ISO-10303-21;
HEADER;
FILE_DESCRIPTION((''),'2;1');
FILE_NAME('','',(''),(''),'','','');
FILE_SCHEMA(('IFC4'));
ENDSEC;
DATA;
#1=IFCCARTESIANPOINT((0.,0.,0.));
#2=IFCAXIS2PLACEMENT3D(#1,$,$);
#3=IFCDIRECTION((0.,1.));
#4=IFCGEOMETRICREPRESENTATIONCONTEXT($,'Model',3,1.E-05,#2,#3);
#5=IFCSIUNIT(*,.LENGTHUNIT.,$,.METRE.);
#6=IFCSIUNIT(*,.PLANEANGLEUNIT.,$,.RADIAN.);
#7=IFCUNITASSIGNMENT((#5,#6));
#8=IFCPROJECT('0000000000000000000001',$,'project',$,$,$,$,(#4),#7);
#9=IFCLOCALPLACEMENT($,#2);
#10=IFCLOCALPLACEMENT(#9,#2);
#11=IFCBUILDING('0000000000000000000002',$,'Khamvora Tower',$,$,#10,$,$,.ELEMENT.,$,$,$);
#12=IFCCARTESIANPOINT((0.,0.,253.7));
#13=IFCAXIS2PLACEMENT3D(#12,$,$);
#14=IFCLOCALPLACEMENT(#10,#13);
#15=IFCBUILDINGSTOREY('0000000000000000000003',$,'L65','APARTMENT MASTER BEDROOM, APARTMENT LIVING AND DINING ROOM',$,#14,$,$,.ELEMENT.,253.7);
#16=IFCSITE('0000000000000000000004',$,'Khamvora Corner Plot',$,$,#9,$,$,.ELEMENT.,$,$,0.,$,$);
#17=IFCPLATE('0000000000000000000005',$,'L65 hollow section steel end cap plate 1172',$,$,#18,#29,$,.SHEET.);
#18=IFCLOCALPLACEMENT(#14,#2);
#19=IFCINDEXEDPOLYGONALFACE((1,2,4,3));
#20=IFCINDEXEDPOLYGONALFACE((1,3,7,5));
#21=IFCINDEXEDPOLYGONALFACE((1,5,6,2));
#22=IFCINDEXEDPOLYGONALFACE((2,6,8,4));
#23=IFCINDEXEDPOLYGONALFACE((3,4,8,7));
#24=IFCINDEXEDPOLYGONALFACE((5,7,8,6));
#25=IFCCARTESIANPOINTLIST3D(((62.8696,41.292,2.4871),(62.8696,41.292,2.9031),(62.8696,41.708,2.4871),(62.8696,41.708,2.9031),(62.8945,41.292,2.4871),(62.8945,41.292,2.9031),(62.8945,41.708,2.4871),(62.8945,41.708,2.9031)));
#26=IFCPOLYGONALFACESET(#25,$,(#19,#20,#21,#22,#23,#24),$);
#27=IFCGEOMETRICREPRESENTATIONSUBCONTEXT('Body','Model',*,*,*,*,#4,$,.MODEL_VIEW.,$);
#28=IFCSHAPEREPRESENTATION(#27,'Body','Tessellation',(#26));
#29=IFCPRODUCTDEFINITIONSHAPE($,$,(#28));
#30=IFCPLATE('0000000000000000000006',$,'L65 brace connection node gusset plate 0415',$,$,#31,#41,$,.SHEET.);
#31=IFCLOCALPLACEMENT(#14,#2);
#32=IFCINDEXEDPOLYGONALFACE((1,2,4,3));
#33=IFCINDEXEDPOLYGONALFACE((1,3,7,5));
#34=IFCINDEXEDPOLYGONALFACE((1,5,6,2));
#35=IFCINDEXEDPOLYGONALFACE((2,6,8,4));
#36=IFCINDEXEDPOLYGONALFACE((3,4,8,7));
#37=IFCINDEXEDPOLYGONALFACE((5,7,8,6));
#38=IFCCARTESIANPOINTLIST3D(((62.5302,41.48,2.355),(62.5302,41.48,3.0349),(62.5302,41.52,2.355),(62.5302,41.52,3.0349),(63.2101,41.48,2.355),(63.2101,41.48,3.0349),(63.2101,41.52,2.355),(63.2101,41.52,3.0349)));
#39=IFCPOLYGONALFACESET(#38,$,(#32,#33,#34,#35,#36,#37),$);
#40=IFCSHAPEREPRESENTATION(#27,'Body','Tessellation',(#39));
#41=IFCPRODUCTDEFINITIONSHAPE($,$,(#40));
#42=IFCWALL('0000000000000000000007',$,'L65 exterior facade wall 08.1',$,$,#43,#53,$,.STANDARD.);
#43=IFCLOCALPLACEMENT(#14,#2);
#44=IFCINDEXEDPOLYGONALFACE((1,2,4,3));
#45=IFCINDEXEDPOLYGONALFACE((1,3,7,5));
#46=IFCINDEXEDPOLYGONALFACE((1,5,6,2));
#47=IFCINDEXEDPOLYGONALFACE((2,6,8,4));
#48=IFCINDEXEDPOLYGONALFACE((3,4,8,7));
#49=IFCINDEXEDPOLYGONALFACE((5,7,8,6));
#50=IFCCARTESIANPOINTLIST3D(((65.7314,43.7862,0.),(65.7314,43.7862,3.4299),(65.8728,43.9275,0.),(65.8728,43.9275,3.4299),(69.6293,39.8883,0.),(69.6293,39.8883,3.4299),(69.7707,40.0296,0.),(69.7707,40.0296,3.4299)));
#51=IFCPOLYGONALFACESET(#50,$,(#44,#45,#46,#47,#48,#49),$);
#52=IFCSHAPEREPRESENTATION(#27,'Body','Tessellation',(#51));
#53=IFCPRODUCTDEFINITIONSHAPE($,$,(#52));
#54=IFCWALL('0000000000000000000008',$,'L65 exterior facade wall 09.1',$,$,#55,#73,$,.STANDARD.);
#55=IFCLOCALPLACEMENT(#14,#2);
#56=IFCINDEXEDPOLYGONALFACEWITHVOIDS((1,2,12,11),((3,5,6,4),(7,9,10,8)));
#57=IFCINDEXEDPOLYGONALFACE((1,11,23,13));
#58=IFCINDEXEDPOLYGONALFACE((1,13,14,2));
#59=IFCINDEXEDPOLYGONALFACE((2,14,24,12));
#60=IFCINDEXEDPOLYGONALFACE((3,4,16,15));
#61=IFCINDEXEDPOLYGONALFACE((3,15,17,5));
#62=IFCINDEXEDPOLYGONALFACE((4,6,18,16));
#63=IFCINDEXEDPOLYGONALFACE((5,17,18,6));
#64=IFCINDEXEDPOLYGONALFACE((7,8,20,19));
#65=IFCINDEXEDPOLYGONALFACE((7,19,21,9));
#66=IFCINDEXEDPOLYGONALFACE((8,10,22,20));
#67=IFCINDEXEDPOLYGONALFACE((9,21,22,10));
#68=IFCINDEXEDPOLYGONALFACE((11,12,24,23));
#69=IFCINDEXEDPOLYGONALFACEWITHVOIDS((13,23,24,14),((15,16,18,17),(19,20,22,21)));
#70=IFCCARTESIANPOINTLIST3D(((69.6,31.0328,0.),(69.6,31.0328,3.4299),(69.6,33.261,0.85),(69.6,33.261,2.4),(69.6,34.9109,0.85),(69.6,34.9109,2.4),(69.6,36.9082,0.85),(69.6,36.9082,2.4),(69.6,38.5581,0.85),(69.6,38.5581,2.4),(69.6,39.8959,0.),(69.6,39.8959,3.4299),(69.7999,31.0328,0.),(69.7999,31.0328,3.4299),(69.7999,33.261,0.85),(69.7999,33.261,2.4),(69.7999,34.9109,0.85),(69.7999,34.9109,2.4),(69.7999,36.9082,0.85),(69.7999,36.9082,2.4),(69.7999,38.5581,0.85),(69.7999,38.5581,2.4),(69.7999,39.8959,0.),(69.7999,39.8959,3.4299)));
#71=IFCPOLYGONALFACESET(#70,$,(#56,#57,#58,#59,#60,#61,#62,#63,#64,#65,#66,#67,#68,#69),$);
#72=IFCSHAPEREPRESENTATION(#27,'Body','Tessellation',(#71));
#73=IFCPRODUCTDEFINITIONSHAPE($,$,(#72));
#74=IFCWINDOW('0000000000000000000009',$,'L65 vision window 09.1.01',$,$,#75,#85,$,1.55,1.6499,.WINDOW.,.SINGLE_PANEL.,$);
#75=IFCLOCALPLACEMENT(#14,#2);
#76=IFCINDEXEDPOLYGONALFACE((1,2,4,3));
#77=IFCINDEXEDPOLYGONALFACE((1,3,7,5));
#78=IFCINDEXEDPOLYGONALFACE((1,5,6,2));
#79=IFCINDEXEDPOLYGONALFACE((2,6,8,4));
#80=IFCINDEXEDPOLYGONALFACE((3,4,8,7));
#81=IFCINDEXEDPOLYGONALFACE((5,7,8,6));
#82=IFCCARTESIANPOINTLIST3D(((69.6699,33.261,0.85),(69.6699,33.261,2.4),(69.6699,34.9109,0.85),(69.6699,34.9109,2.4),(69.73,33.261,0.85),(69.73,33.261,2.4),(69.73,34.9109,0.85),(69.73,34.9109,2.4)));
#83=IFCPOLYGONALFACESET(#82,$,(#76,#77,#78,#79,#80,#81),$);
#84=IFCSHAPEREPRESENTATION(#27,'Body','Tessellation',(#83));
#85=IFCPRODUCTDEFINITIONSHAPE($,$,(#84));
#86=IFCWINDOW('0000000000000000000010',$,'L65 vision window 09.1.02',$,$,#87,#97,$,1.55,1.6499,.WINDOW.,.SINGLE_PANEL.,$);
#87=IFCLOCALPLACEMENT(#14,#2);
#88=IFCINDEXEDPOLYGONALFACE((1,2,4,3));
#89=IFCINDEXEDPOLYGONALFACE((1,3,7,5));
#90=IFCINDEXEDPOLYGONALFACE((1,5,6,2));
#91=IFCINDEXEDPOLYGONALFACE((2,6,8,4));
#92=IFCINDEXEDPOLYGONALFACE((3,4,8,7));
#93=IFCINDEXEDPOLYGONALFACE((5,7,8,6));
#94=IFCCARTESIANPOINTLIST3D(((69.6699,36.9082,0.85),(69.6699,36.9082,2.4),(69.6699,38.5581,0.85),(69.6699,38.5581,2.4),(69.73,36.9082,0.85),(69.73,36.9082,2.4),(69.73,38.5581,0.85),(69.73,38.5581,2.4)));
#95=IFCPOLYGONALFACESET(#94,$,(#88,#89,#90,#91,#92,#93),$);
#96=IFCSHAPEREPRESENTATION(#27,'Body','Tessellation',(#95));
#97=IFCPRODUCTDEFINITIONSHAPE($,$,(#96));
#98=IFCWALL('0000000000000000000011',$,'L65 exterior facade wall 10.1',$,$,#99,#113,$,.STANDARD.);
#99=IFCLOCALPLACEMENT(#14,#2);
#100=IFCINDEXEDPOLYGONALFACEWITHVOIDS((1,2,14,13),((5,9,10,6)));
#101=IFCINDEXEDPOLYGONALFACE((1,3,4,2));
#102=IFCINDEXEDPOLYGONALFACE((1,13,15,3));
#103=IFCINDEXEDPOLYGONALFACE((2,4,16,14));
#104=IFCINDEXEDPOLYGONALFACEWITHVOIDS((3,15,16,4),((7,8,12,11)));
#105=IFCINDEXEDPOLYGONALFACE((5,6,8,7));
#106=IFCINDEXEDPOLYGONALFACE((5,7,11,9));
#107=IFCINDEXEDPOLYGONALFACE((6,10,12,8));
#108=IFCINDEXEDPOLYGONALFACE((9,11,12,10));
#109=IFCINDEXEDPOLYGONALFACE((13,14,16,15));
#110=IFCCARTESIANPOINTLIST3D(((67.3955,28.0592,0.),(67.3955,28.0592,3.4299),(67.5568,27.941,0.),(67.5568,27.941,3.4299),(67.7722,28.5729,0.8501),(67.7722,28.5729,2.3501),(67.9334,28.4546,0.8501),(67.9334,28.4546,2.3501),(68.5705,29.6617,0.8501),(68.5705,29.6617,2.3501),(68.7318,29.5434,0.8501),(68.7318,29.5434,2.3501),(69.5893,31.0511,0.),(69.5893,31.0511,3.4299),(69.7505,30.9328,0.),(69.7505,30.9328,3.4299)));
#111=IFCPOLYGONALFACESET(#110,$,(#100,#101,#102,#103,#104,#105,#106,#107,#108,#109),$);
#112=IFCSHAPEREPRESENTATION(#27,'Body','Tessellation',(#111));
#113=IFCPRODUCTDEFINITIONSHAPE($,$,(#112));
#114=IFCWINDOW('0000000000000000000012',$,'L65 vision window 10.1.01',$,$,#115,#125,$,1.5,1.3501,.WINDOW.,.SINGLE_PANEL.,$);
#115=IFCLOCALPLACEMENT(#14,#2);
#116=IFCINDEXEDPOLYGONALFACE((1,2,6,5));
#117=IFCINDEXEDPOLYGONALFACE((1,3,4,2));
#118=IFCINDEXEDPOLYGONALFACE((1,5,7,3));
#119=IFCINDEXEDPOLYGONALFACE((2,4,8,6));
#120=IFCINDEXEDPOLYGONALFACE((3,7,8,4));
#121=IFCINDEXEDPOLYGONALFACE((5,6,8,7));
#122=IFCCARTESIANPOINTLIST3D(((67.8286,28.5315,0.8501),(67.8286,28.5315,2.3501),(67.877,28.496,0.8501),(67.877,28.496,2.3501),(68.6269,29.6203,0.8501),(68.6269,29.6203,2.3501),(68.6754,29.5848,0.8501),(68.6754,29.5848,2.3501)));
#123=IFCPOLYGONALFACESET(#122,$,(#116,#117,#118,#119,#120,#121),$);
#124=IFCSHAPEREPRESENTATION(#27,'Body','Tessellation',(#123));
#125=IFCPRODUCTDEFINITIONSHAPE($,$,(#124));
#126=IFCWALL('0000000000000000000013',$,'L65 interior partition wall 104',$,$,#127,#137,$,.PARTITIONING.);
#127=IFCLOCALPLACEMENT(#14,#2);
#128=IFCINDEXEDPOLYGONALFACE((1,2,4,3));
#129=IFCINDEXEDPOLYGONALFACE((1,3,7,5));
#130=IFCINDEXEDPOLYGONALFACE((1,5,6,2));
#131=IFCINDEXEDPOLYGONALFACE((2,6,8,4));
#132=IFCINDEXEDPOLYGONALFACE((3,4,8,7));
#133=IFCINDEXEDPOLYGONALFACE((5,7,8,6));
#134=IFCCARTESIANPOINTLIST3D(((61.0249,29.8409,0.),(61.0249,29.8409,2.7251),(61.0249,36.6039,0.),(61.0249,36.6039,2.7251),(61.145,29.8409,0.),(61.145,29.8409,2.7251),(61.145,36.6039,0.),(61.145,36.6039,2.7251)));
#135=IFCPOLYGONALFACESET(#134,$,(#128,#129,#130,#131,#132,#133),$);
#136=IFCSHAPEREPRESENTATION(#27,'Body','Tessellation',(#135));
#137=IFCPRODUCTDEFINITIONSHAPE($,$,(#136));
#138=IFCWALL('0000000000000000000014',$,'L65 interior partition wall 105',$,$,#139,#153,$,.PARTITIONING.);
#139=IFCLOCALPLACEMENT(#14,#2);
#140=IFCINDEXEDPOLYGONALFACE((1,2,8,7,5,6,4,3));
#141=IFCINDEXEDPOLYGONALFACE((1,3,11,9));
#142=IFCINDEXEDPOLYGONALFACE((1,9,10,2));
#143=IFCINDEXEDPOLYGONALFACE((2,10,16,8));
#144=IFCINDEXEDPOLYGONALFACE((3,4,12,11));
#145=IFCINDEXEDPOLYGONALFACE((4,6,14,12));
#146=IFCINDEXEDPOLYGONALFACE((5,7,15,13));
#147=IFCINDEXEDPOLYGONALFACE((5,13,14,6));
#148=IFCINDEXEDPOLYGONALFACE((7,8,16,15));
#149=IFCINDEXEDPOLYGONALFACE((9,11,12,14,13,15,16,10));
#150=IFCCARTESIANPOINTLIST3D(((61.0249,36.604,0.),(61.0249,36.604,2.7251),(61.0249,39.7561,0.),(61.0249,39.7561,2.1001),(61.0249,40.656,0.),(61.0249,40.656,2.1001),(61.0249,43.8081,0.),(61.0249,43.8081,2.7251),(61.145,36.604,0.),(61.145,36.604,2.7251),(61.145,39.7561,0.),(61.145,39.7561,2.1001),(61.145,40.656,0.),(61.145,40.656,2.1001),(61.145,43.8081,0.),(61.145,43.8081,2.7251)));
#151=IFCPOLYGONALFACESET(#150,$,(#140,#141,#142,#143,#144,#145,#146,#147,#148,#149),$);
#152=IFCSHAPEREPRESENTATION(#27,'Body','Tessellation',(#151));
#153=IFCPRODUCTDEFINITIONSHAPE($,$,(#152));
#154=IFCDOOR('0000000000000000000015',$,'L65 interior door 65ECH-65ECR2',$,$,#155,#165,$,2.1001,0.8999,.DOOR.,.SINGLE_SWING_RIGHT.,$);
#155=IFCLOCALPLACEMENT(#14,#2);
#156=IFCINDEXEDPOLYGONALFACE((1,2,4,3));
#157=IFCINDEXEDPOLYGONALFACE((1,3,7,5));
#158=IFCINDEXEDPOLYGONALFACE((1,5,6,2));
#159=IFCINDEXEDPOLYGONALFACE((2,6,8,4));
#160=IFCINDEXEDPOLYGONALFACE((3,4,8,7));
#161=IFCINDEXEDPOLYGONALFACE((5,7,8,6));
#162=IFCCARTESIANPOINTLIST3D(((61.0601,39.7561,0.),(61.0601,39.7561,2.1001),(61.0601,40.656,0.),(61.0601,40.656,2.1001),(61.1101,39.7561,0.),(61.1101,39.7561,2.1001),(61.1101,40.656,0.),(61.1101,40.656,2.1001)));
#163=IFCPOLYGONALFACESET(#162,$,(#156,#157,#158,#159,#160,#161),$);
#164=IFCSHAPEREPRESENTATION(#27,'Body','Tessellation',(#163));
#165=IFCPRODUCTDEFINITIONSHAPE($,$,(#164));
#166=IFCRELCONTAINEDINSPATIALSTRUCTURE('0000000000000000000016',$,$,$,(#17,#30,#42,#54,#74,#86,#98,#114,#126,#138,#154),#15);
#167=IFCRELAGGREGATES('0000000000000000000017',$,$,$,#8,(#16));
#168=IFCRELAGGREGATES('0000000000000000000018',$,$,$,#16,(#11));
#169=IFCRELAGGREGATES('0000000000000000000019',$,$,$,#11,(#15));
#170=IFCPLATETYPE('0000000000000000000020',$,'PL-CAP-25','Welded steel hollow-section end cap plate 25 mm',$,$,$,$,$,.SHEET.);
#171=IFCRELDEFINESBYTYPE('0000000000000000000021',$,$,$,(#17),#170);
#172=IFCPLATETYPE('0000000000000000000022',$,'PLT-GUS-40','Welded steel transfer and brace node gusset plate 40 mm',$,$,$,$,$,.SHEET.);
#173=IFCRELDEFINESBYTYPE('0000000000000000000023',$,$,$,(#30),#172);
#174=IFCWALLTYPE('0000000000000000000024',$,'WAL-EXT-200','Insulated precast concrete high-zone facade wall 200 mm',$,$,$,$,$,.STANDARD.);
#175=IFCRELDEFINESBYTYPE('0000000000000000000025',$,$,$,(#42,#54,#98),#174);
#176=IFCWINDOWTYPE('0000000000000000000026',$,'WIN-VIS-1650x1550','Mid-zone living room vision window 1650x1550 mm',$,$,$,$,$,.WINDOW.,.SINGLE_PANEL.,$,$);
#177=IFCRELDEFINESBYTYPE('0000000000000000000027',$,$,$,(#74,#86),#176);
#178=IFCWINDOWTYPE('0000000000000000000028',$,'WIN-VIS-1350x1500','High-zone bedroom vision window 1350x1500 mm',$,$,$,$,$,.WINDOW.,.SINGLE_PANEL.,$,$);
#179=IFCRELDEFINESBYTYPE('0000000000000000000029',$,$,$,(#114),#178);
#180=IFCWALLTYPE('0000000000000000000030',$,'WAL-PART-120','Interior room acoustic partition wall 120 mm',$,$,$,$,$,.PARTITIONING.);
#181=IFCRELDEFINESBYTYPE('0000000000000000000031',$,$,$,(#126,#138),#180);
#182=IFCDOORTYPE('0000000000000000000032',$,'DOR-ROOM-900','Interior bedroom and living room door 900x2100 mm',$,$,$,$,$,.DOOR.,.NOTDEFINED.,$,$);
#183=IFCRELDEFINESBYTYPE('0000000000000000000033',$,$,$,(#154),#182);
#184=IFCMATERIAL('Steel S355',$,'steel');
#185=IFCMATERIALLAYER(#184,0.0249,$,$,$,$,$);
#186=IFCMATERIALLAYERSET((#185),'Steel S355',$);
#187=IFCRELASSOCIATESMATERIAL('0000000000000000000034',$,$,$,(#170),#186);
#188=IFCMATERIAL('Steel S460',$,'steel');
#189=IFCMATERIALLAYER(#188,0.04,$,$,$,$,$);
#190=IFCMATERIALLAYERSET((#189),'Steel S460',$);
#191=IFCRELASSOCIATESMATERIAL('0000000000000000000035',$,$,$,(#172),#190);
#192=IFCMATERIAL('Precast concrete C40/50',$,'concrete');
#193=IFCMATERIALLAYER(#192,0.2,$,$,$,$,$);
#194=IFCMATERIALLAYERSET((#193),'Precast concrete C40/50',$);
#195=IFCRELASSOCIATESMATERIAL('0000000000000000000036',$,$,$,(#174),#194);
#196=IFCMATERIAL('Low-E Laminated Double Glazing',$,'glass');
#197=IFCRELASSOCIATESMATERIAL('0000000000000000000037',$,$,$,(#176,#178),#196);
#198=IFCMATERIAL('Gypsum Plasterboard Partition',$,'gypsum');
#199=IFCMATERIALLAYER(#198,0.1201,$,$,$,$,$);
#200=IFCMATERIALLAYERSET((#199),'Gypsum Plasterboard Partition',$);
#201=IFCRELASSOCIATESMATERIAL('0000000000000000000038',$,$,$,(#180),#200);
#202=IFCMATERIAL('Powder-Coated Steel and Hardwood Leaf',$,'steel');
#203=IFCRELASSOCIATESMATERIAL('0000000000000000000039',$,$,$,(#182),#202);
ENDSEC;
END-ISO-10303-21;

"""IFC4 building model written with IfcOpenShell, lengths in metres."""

from ifc_helpers import new_model, si_unit, direction, frame, frame_2d, origin, origin_2d, place, context, subcontext, project, spatial, rectangle, extrude, material, layer, layer_set, type_object, element, fill, save


model = new_model("IFC4")

# Units and contexts
model_context = context("Model", 3, precision=1e-05, world=origin(), true_north=direction((0.0, 1.0)))
body_context = subcontext(model_context, "Body", "Model", "MODEL_VIEW")
ifc_project = project(units=[si_unit("LENGTHUNIT", "METRE"), si_unit("PLANEANGLEUNIT", "RADIAN")], contexts=[model_context])

# Site, building, storey
site_placement = place(None, origin())
site = spatial("IfcSite", under=ifc_project, at=site_placement, Name="Khamvora Corner Plot", CompositionType="ELEMENT", RefElevation=0.0)
building_placement = place(site_placement, origin())
building = spatial("IfcBuilding", under=site, at=building_placement, Name="Khamvora Tower", CompositionType="ELEMENT")
storey_placement = place(building_placement, frame((0.0, 0.0, 253.7)))
storey = spatial("IfcBuildingStorey", under=building, at=storey_placement, Name="L65", Description="APARTMENT MASTER BEDROOM, APARTMENT LIVING AND DINING ROOM", CompositionType="ELEMENT", Elevation=253.7)

# Shared definitions
ifc_material_1 = material(Name="Steel S355", Category="steel")

# Plates
ifc_layer_1 = layer(ifc_material_1, 0.0249)
ifc_layer_set_1 = layer_set([ifc_layer_1], Name="Steel S355")
plate_type_1 = type_object("IfcPlateType", Name="PL-CAP-25", Description="Welded steel hollow-section end cap plate 25 mm", PredefinedType="SHEET", material=ifc_layer_set_1)
plate_1_placement = place(storey_placement, frame((62.8821, 41.5, 2.4871), z_axis=(0.0, 0.0, 1.0), x_axis=(-1.0, 0.0, 0.0)))
element("IfcPlate", 1, at=plate_1_placement, inside=storey, type_object=plate_type_1, Name="L65 hollow section steel end cap plate 1172", PredefinedType="SHEET", context=body_context, shape_type="SweptSolid", body=[
    extrude(rectangle(XDim=0.0249, YDim=0.416, at=origin_2d()), origin(), (0.0, 0.0, 1.0), 0.416),
])
ifc_material_2 = material(Name="Steel S460", Category="steel")
ifc_layer_2 = layer(ifc_material_2, 0.04)
ifc_layer_set_2 = layer_set([ifc_layer_2], Name="Steel S460")
plate_type_2 = type_object("IfcPlateType", Name="PLT-GUS-40", Description="Welded steel transfer and brace node gusset plate 40 mm", PredefinedType="SHEET", material=ifc_layer_set_2)
plate_2_placement = place(storey_placement, frame((62.8701, 41.5, 2.355), z_axis=(0.0, 0.0, 1.0), x_axis=(1.0, 0.0, 0.0)))
element("IfcPlate", 2, at=plate_2_placement, inside=storey, type_object=plate_type_2, Name="L65 brace connection node gusset plate 0415", PredefinedType="SHEET", context=body_context, shape_type="SweptSolid", body=[
    extrude(rectangle(XDim=0.6799, YDim=0.04, at=origin_2d()), origin(), (0.0, 0.0, 1.0), 0.6799),
])

# Wall
ifc_material_3 = material(Name="Precast concrete C40/50", Category="concrete")
ifc_layer_3 = layer(ifc_material_3, 0.2)
ifc_layer_set_3 = layer_set([ifc_layer_3], Name="Precast concrete C40/50")
wall_type_1 = type_object("IfcWallType", Name="WAL-EXT-200", Description="Insulated precast concrete high-zone facade wall 200 mm", PredefinedType="STANDARD", material=ifc_layer_set_3)
wall_1_placement = place(storey_placement, frame((65.802, 43.8569, 0.0), z_axis=(0.0, 0.0, 1.0), x_axis=(0.707107, -0.707107, 0.0)))
element("IfcWall", 3, at=wall_1_placement, inside=storey, type_object=wall_type_1, Name="L65 exterior facade wall 08.1", PredefinedType="STANDARD", context=body_context, shape_type="SweptSolid", body=[
    extrude(rectangle(XDim=5.5125, YDim=0.2, at=frame_2d((2.7563, 0.0))), origin(), (0.0, 0.0, 1.0), 3.4299),
])

# Wall, openings, windows
wall_2_placement = place(storey_placement, frame((69.7, 39.896, 0.0), z_axis=(0.0, 0.0, 1.0), x_axis=(0.0, -1.0, 0.0)))
wall_2 = element("IfcWall", 4, at=wall_2_placement, inside=storey, type_object=wall_type_1, Name="L65 exterior facade wall 09.1", PredefinedType="STANDARD", context=body_context, shape_type="SweptSolid", body=[
    extrude(rectangle(XDim=8.863, YDim=0.2, at=frame_2d((4.4316, 0.0))), origin(), (0.0, 0.0, 1.0), 3.4299),
])
opening_1_placement = place(wall_2_placement, frame((4.9851, 0.0, 0.8501)))
opening_1 = element("IfcOpeningElement", 5, at=opening_1_placement, cuts=wall_2, PredefinedType="OPENING", context=body_context, shape_type="SweptSolid", body=[
    extrude(rectangle(XDim=1.6499, YDim=1.55, at=frame_2d((0.825, 0.7749))), frame((0.0, 0.1099, 0.0), z_axis=(0.0, -1.0, 0.0), x_axis=(1.0, 0.0, 0.0)), (0.0, 0.0, 1.0), 0.22),
])
opening_2_placement = place(wall_2_placement, frame((1.3379, 0.0, 0.8501)))
opening_2 = element("IfcOpeningElement", 6, at=opening_2_placement, cuts=wall_2, PredefinedType="OPENING", context=body_context, shape_type="SweptSolid", body=[
    extrude(rectangle(XDim=1.6499, YDim=1.55, at=frame_2d((0.825, 0.7749))), frame((0.0, 0.1099, 0.0), z_axis=(0.0, -1.0, 0.0), x_axis=(1.0, 0.0, 0.0)), (0.0, 0.0, 1.0), 0.22),
])
ifc_material_4 = material(Name="Low-E Laminated Double Glazing", Category="glass")
window_type_1 = type_object("IfcWindowType", Name="WIN-VIS-1650x1550", Description="Mid-zone living room vision window 1650x1550 mm", PartitioningType="SINGLE_PANEL", PredefinedType="WINDOW", material=ifc_material_4)
window_1_placement = place(opening_1_placement, origin())
window_1 = element("IfcWindow", 7, at=window_1_placement, inside=storey, type_object=window_type_1, Name="L65 vision window 09.1.01", OverallHeight=1.55, OverallWidth=1.6499, PartitioningType="SINGLE_PANEL", PredefinedType="WINDOW", context=body_context, shape_type="SweptSolid", body=[
    extrude(rectangle(XDim=1.6499, YDim=1.55, at=frame_2d((0.825, 0.7749))), frame((0.0, 0.03, 0.0), z_axis=(0.0, -1.0, 0.0), x_axis=(1.0, 0.0, 0.0)), (0.0, 0.0, 1.0), 0.0601),
])
fill(opening_1, window_1)
window_2_placement = place(opening_2_placement, origin())
window_2 = element("IfcWindow", 8, at=window_2_placement, inside=storey, type_object=window_type_1, Name="L65 vision window 09.1.02", OverallHeight=1.55, OverallWidth=1.6499, PartitioningType="SINGLE_PANEL", PredefinedType="WINDOW", context=body_context, shape_type="SweptSolid", body=[
    extrude(rectangle(XDim=1.6499, YDim=1.55, at=frame_2d((0.825, 0.7749))), frame((0.0, 0.03, 0.0), z_axis=(0.0, -1.0, 0.0), x_axis=(1.0, 0.0, 0.0)), (0.0, 0.0, 1.0), 0.0601),
])
fill(opening_2, window_2)

# Wall, opening, window
wall_3_placement = place(storey_placement, frame((69.6699, 30.9919, 0.0), z_axis=(0.0, 0.0, 1.0), x_axis=(-0.591321, -0.806436, 0.0)))
wall_3 = element("IfcWall", 9, at=wall_3_placement, inside=storey, type_object=wall_type_1, Name="L65 exterior facade wall 10.1", PredefinedType="STANDARD", context=body_context, shape_type="SweptSolid", body=[
    extrude(rectangle(XDim=3.71, YDim=0.2, at=frame_2d((1.855, 0.0))), origin(), (0.0, 0.0, 1.0), 3.4299),
])
opening_3_placement = place(wall_3_placement, frame((1.7229, 0.0, 0.8501)))
opening_3 = element("IfcOpeningElement", 10, at=opening_3_placement, cuts=wall_3, PredefinedType="OPENING", context=body_context, shape_type="SweptSolid", body=[
    extrude(rectangle(XDim=1.3501, YDim=1.5, at=frame_2d((0.675, 0.75))), frame((0.0, 0.1099, 0.0), z_axis=(0.0, -1.0, 0.0), x_axis=(1.0, 0.0, 0.0)), (0.0, 0.0, 1.0), 0.22),
])
window_type_2 = type_object("IfcWindowType", Name="WIN-VIS-1350x1500", Description="High-zone bedroom vision window 1350x1500 mm", PartitioningType="SINGLE_PANEL", PredefinedType="WINDOW", material=ifc_material_4)
window_3_placement = place(opening_3_placement, origin())
window_3 = element("IfcWindow", 11, at=window_3_placement, inside=storey, type_object=window_type_2, Name="L65 vision window 10.1.01", OverallHeight=1.5, OverallWidth=1.3501, PartitioningType="SINGLE_PANEL", PredefinedType="WINDOW", context=body_context, shape_type="SweptSolid", body=[
    extrude(rectangle(XDim=1.3501, YDim=1.5, at=frame_2d((0.675, 0.75))), frame((0.0, 0.03, 0.0), z_axis=(0.0, -1.0, 0.0), x_axis=(1.0, 0.0, 0.0)), (0.0, 0.0, 1.0), 0.0601),
])
fill(opening_3, window_3)

# Wall
ifc_material_5 = material(Name="Gypsum Plasterboard Partition", Category="gypsum")
ifc_layer_4 = layer(ifc_material_5, 0.1201)
ifc_layer_set_4 = layer_set([ifc_layer_4], Name="Gypsum Plasterboard Partition")
wall_type_2 = type_object("IfcWallType", Name="WAL-PART-120", Description="Interior room acoustic partition wall 120 mm", PredefinedType="PARTITIONING", material=ifc_layer_set_4)
wall_4_placement = place(storey_placement, frame((61.085, 29.8411, 0.0), z_axis=(0.0, 0.0, 1.0), x_axis=(0.0, 1.0, 0.0)))
element("IfcWall", 12, at=wall_4_placement, inside=storey, type_object=wall_type_2, Name="L65 interior partition wall 104", PredefinedType="PARTITIONING", context=body_context, shape_type="SweptSolid", body=[
    extrude(rectangle(XDim=6.7629, YDim=0.1201, at=frame_2d((3.3813, 0.0))), origin(), (0.0, 0.0, 1.0), 2.7251),
])

# Wall, opening, door
wall_5_placement = place(storey_placement, frame((61.085, 36.604, 0.0), z_axis=(0.0, 0.0, 1.0), x_axis=(0.0, 1.0, 0.0)))
wall_5 = element("IfcWall", 13, at=wall_5_placement, inside=storey, type_object=wall_type_2, Name="L65 interior partition wall 105", PredefinedType="PARTITIONING", context=body_context, shape_type="SweptSolid", body=[
    extrude(rectangle(XDim=7.2041, YDim=0.1201, at=frame_2d((3.6021, 0.0))), origin(), (0.0, 0.0, 1.0), 2.7251),
])
opening_4_placement = place(wall_5_placement, frame((3.1521, 0.0, 0.0)))
opening_4 = element("IfcOpeningElement", 14, at=opening_4_placement, cuts=wall_5, PredefinedType="OPENING", context=body_context, shape_type="SweptSolid", body=[
    extrude(rectangle(XDim=0.8999, YDim=2.1001, at=frame_2d((0.45, 1.05))), frame((0.0, 0.0701, 0.0), z_axis=(0.0, -1.0, 0.0), x_axis=(1.0, 0.0, 0.0)), (0.0, 0.0, 1.0), 0.1401),
])
ifc_material_6 = material(Name="Powder-Coated Steel and Hardwood Leaf", Category="steel")
door_type_1 = type_object("IfcDoorType", Name="DOR-ROOM-900", Description="Interior bedroom and living room door 900x2100 mm", OperationType="NOTDEFINED", PredefinedType="DOOR", material=ifc_material_6)
door_1_placement = place(opening_4_placement, origin())
door_1 = element("IfcDoor", 15, at=door_1_placement, inside=storey, type_object=door_type_1, Name="L65 interior door 65ECH-65ECR2", OperationType="SINGLE_SWING_RIGHT", OverallHeight=2.1001, OverallWidth=0.8999, PredefinedType="DOOR", context=body_context, shape_type="SweptSolid", body=[
    extrude(rectangle(XDim=0.8999, YDim=2.1001, at=frame_2d((0.45, 1.05))), frame((0.0, 0.0249, 0.0), z_axis=(0.0, -1.0, 0.0), x_axis=(1.0, 0.0, 0.0)), (0.0, 0.0, 1.0), 0.05),
])
fill(opening_4, door_1)

save(model, "model.ifc")
